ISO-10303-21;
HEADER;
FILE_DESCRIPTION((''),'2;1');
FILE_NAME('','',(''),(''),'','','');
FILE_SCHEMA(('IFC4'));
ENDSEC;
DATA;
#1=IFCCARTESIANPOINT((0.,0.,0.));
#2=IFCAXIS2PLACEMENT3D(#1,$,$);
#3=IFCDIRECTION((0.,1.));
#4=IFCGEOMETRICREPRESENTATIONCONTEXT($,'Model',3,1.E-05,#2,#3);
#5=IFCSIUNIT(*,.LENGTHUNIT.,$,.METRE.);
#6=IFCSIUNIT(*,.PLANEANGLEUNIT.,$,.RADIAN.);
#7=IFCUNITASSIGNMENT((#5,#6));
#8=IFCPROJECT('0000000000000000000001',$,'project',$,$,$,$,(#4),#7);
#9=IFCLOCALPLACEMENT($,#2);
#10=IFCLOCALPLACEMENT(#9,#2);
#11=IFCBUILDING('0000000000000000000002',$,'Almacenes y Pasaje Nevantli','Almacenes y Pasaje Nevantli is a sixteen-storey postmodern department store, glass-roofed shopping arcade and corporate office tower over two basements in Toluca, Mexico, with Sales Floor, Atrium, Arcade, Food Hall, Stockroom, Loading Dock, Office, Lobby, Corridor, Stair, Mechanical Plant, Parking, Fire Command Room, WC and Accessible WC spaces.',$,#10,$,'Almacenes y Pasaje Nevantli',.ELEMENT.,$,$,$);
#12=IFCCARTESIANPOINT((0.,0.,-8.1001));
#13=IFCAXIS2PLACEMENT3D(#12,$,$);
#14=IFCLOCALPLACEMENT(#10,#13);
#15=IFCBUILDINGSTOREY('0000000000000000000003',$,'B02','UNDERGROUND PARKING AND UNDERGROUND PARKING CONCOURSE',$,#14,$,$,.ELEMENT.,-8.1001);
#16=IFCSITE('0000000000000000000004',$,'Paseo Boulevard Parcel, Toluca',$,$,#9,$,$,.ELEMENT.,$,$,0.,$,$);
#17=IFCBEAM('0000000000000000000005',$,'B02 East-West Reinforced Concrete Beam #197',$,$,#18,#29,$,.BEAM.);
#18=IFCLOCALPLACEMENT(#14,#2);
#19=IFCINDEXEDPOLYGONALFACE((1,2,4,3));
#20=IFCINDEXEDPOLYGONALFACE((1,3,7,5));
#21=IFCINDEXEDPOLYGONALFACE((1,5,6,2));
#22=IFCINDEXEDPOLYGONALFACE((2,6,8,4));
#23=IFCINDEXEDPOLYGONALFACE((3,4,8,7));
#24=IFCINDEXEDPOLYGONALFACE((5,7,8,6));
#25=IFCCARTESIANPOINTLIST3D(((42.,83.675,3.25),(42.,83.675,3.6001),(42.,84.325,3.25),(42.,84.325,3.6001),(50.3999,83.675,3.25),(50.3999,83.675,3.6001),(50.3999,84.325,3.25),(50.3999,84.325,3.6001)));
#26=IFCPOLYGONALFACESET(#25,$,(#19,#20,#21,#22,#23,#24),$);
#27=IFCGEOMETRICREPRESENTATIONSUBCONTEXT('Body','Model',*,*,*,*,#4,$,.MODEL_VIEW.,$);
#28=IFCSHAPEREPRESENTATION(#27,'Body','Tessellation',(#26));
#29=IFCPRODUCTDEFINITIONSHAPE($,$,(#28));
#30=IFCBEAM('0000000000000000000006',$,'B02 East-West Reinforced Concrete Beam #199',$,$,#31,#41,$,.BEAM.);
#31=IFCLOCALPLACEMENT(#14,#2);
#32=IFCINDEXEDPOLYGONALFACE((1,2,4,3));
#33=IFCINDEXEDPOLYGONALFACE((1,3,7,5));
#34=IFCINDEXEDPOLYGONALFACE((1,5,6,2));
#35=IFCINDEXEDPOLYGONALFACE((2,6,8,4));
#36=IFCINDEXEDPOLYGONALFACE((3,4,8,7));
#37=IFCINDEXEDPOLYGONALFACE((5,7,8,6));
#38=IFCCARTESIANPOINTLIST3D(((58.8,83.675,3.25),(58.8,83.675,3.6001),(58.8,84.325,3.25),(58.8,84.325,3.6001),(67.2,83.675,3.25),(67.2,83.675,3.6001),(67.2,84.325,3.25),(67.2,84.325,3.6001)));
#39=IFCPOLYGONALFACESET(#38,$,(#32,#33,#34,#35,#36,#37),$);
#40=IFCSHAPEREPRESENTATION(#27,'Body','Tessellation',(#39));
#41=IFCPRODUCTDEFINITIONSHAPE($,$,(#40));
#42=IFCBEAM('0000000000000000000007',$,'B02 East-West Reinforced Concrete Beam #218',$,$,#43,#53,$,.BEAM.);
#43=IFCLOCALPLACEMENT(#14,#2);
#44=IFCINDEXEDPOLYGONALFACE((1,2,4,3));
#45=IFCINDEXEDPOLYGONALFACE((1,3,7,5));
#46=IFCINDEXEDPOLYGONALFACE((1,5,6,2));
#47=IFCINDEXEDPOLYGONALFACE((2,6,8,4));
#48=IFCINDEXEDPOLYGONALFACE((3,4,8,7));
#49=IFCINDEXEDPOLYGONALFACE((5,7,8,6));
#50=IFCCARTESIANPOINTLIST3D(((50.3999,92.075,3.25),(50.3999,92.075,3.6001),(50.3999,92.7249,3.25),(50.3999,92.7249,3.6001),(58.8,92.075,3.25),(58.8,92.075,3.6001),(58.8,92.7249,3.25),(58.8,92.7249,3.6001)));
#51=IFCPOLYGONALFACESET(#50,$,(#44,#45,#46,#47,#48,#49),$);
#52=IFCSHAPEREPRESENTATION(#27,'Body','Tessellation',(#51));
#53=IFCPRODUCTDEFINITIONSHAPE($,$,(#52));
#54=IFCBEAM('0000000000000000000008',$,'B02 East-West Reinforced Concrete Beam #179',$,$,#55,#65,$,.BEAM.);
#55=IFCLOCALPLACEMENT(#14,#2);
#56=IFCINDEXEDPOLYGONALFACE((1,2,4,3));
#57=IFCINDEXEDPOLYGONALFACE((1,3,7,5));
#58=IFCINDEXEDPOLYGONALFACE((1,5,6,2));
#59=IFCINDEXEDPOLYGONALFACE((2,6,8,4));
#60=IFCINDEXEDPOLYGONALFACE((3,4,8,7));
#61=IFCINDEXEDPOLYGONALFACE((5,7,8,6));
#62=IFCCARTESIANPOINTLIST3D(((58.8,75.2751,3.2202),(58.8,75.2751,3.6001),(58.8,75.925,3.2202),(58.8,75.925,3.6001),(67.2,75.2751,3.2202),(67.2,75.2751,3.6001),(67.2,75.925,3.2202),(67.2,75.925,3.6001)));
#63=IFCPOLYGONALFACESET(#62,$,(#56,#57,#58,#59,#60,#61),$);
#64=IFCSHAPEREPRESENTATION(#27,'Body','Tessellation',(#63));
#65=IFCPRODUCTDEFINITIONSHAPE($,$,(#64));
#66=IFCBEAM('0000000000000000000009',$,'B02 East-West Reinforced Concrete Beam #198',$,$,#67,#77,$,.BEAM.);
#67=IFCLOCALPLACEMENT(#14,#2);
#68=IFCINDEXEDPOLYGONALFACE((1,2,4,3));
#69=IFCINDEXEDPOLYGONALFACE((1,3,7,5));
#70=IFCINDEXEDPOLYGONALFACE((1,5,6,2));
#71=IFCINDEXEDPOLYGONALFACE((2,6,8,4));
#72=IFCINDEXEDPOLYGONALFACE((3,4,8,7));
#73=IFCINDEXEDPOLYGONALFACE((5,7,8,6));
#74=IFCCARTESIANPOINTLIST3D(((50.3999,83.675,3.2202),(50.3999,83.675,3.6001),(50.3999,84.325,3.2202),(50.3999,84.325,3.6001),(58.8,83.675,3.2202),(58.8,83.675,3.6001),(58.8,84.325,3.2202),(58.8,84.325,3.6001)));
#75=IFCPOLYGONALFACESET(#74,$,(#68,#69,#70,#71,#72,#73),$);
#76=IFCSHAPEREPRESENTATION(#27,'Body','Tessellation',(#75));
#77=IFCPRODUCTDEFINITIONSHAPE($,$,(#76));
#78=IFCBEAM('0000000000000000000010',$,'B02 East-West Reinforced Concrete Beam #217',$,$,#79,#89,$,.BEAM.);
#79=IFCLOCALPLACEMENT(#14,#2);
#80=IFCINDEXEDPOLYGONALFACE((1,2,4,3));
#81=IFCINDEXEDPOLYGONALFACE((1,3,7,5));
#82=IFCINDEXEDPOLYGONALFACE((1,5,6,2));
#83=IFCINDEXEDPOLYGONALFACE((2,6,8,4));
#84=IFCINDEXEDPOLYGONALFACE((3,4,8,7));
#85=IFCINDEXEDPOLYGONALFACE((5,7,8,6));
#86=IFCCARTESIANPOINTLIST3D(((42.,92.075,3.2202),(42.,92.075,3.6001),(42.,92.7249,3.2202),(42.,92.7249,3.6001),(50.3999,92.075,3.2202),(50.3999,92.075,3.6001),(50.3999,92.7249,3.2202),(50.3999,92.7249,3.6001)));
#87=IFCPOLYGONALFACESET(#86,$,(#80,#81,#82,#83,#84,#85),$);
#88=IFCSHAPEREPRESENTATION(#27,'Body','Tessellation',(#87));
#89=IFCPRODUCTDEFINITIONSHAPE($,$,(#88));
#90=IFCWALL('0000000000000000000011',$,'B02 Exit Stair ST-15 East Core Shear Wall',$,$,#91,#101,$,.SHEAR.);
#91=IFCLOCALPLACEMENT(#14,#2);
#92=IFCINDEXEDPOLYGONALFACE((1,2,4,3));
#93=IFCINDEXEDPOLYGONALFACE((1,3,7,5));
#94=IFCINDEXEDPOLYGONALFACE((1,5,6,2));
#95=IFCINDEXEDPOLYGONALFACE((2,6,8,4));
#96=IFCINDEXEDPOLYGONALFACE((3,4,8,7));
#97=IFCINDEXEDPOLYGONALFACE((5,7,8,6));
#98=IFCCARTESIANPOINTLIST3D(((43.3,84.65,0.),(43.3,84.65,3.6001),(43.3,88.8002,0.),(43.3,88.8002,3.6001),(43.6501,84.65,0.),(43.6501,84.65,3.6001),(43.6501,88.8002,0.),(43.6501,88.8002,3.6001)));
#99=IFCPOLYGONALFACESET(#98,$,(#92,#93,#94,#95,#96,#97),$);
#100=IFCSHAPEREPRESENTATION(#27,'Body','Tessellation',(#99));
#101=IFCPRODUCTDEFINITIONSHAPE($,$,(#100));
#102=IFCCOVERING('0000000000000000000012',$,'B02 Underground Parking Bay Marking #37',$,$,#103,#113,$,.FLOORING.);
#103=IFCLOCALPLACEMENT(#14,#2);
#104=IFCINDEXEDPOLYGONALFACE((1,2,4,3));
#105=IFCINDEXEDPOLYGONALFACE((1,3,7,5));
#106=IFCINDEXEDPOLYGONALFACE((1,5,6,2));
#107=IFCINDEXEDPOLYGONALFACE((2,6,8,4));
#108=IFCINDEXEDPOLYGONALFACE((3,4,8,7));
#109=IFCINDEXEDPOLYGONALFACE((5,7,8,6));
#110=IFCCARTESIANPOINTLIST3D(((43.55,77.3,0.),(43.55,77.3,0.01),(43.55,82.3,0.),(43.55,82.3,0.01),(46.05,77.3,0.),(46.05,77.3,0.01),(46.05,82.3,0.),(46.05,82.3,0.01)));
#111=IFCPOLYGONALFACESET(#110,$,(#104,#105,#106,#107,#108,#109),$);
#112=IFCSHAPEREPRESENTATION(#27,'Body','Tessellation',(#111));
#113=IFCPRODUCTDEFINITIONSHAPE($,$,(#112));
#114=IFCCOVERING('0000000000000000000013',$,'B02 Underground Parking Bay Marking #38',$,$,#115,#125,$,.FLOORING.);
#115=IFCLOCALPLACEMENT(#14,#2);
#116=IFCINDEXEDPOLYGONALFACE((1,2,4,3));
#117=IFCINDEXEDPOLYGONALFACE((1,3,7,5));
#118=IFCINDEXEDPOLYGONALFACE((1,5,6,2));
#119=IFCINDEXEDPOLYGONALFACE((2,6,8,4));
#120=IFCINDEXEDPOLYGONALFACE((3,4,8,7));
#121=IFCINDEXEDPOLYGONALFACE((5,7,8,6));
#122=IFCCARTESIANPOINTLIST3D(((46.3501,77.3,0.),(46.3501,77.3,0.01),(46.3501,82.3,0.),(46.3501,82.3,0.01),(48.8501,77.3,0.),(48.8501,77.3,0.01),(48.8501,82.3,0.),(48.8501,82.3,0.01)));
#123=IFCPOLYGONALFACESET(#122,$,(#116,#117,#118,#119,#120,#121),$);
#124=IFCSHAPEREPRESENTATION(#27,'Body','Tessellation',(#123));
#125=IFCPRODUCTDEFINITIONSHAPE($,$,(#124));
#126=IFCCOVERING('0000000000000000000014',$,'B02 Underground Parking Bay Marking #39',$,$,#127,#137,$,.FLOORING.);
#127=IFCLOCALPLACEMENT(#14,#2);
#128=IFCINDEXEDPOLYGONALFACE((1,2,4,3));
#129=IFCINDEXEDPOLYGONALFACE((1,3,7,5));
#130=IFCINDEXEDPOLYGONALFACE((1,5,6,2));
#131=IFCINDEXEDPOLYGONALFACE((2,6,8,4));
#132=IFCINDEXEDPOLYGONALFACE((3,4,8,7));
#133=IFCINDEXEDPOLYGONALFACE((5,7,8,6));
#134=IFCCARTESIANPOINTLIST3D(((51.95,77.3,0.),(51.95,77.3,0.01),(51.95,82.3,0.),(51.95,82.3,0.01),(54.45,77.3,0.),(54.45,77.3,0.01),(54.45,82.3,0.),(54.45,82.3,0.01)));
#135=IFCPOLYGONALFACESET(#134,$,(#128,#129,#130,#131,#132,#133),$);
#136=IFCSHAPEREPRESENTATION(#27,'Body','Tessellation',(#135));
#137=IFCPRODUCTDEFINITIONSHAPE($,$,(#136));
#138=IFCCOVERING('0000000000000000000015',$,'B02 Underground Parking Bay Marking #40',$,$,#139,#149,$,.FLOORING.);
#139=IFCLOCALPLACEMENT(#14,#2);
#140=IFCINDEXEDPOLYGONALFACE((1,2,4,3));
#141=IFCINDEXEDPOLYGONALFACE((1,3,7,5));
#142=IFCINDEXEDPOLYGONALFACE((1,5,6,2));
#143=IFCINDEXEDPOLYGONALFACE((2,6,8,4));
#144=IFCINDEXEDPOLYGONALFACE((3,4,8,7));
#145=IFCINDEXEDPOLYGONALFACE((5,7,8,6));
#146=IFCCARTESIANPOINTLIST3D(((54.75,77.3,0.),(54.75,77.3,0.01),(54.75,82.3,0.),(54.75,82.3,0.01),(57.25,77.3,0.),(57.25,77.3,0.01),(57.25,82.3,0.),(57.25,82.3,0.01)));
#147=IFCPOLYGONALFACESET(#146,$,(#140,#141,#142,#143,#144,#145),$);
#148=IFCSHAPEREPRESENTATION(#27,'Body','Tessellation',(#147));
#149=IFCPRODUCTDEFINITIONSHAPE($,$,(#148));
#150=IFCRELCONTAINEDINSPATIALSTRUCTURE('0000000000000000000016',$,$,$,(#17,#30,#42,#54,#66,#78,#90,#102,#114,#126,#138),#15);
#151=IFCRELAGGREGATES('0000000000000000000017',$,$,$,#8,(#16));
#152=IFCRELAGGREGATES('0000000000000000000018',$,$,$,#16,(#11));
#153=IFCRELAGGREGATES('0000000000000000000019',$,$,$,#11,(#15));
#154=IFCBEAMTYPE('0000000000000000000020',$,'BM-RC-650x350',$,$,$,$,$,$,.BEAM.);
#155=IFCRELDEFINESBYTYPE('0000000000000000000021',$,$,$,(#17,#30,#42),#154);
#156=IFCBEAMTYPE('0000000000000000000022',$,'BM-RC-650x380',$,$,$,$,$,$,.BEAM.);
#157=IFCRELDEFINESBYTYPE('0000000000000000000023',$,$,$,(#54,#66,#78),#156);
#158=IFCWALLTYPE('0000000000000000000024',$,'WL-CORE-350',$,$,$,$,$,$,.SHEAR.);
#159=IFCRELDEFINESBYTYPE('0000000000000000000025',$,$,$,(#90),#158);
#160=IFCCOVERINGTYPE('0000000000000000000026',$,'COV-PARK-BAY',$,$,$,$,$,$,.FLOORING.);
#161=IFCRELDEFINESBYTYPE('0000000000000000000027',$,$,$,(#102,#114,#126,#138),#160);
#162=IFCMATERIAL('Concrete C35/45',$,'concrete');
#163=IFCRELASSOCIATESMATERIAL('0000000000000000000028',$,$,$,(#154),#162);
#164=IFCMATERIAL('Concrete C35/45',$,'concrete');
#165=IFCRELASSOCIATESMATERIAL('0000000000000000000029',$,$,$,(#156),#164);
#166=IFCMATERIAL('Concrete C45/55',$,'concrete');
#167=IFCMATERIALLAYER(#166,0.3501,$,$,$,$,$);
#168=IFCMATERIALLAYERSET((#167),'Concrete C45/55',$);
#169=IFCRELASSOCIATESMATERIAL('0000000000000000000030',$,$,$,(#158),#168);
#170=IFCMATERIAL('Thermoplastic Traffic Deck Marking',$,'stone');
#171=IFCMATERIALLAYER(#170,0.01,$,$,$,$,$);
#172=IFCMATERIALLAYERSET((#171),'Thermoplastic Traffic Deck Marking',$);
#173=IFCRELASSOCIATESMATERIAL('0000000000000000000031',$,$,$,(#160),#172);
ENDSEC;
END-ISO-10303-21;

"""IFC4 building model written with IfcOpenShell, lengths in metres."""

from ifc_helpers import new_model, si_unit, direction, frame, frame_2d, origin, origin_2d, place, context, subcontext, project, spatial, rectangle, extrude, material, layer, layer_set, material_profile, profile_set, type_object, element, save


model = new_model("IFC4")

# Units and contexts
model_context = context("Model", 3, precision=1e-05, world=origin(), true_north=direction((0.0, 1.0)))
body_context = subcontext(model_context, "Body", "Model", "MODEL_VIEW")
ifc_project = project(units=[si_unit("LENGTHUNIT", "METRE"), si_unit("PLANEANGLEUNIT", "RADIAN")], contexts=[model_context])

# Site, building, storey
site_placement = place(None, origin())
site = spatial("IfcSite", under=ifc_project, at=site_placement, Name="Paseo Boulevard Parcel, Toluca", CompositionType="ELEMENT", RefElevation=0.0)
building_placement = place(site_placement, origin())
building = spatial("IfcBuilding", under=site, at=building_placement, Name="Almacenes y Pasaje Nevantli", Description="Almacenes y Pasaje Nevantli is a sixteen-storey postmodern department store, glass-roofed shopping arcade and corporate office tower over two basements in Toluca, Mexico, with Sales Floor, Atrium, Arcade, Food Hall, Stockroom, Loading Dock, Office, Lobby, Corridor, Stair, Mechanical Plant, Parking, Fire Command Room, WC and Accessible WC spaces.", LongName="Almacenes y Pasaje Nevantli", CompositionType="ELEMENT")
storey_placement = place(building_placement, frame((0.0, 0.0, -8.1001)))
storey = spatial("IfcBuildingStorey", under=building, at=storey_placement, Name="B02", Description="UNDERGROUND PARKING AND UNDERGROUND PARKING CONCOURSE", CompositionType="ELEMENT", Elevation=-8.1001)

# Beams
ifc_material_1 = material(Name="Concrete C35/45", Category="concrete")
ifc_material_profile_1 = material_profile(ifc_material_1, rectangle(XDim=0.6499, YDim=0.3501, at=origin_2d()), Name="RC-BM-650x350")
ifc_profile_set_1 = profile_set([ifc_material_profile_1], Name="Concrete C35/45")
beam_type_1 = type_object("IfcBeamType", Name="BM-RC-650x350", PredefinedType="BEAM", material=ifc_profile_set_1)
for number, where, z_axis, x_axis, name in (
    (1, (42.0, 84.0, 3.425), (1.0, 0.0, 0.0), (0.0, 1.0, 0.0), "B02 East-West Reinforced Concrete Beam #197"),
    (2, (58.8, 84.0, 3.425), (1.0, 0.0, 0.0), (0.0, 1.0, 0.0), "B02 East-West Reinforced Concrete Beam #199"),
):
    element("IfcBeam", number, at=place(storey_placement, frame(where, z_axis=z_axis, x_axis=x_axis)), inside=storey, type_object=beam_type_1, Name=name, PredefinedType="BEAM", context=body_context, shape_type="SweptSolid", body=[
        extrude(rectangle(XDim=0.6499, YDim=0.3501, at=origin_2d()), origin(), (0.0, 0.0, 1.0), 8.3999),
    ])
beam_1_placement = place(storey_placement, frame((50.3999, 92.3999, 3.425), z_axis=(1.0, 0.0, 0.0), x_axis=(0.0, 1.0, 0.0)))
element("IfcBeam", 3, at=beam_1_placement, inside=storey, type_object=beam_type_1, Name="B02 East-West Reinforced Concrete Beam #218", PredefinedType="BEAM", context=body_context, shape_type="SweptSolid", body=[
    extrude(rectangle(XDim=0.6499, YDim=0.3501, at=origin_2d()), origin(), (0.0, 0.0, 1.0), 8.4001),
])
ifc_material_2 = material(Name="Concrete C35/45", Category="concrete")
ifc_material_profile_2 = material_profile(ifc_material_2, rectangle(XDim=0.6499, YDim=0.3799, at=origin_2d()), Name="RC-BM-650x380")
ifc_profile_set_2 = profile_set([ifc_material_profile_2], Name="Concrete C35/45")
beam_type_2 = type_object("IfcBeamType", Name="BM-RC-650x380", PredefinedType="BEAM", material=ifc_profile_set_2)
beam_2_placement = place(storey_placement, frame((58.8, 75.6001, 3.4102), z_axis=(1.0, 0.0, 0.0), x_axis=(0.0, 1.0, 0.0)))
element("IfcBeam", 4, at=beam_2_placement, inside=storey, type_object=beam_type_2, Name="B02 East-West Reinforced Concrete Beam #179", PredefinedType="BEAM", context=body_context, shape_type="SweptSolid", body=[
    extrude(rectangle(XDim=0.6499, YDim=0.3799, at=origin_2d()), origin(), (0.0, 0.0, 1.0), 8.3999),
])
beam_3_placement = place(storey_placement, frame((50.3999, 84.0, 3.4102), z_axis=(1.0, 0.0, 0.0), x_axis=(0.0, 1.0, 0.0)))
element("IfcBeam", 5, at=beam_3_placement, inside=storey, type_object=beam_type_2, Name="B02 East-West Reinforced Concrete Beam #198", PredefinedType="BEAM", context=body_context, shape_type="SweptSolid", body=[
    extrude(rectangle(XDim=0.6499, YDim=0.3799, at=origin_2d()), origin(), (0.0, 0.0, 1.0), 8.4001),
])
beam_4_placement = place(storey_placement, frame((42.0, 92.3999, 3.4102), z_axis=(1.0, 0.0, 0.0), x_axis=(0.0, 1.0, 0.0)))
element("IfcBeam", 6, at=beam_4_placement, inside=storey, type_object=beam_type_2, Name="B02 East-West Reinforced Concrete Beam #217", PredefinedType="BEAM", context=body_context, shape_type="SweptSolid", body=[
    extrude(rectangle(XDim=0.6499, YDim=0.3799, at=origin_2d()), origin(), (0.0, 0.0, 1.0), 8.3999),
])

# Wall
ifc_material_3 = material(Name="Concrete C45/55", Category="concrete")
ifc_layer_1 = layer(ifc_material_3, 0.3501)
ifc_layer_set_1 = layer_set([ifc_layer_1], Name="Concrete C45/55")
wall_type = type_object("IfcWallType", Name="WL-CORE-350", PredefinedType="SHEAR", material=ifc_layer_set_1)
wall_placement = place(storey_placement, frame((43.4751, 84.6499, 0.0), z_axis=(0.0, 0.0, 1.0), x_axis=(0.0, 1.0, 0.0)))
element("IfcWall", 7, at=wall_placement, inside=storey, type_object=wall_type, Name="B02 Exit Stair ST-15 East Core Shear Wall", PredefinedType="SHEAR", context=body_context, shape_type="SweptSolid", body=[
    extrude(rectangle(XDim=4.1501, YDim=0.3501, at=frame_2d((2.0752, 0.0))), origin(), (0.0, 0.0, 1.0), 3.6001),
])

# Coverings
ifc_material_4 = material(Name="Thermoplastic Traffic Deck Marking", Category="stone")
ifc_layer_2 = layer(ifc_material_4, 0.01)
ifc_layer_set_2 = layer_set([ifc_layer_2], Name="Thermoplastic Traffic Deck Marking")
covering_type = type_object("IfcCoveringType", Name="COV-PARK-BAY", PredefinedType="FLOORING", material=ifc_layer_set_2)
for number, where, z_axis, x_axis, name in (
    (8, (44.8, 79.8, 0.0), (0.0, 0.0, 1.0), (1.0, 0.0, 0.0), "B02 Underground Parking Bay Marking #37"),
    (9, (47.6001, 79.8, 0.0), (0.0, 0.0, 1.0), (1.0, 0.0, 0.0), "B02 Underground Parking Bay Marking #38"),
    (10, (53.2, 79.8, 0.0), (0.0, 0.0, 1.0), (1.0, 0.0, 0.0), "B02 Underground Parking Bay Marking #39"),
    (11, (56.0, 79.8, 0.0), (0.0, 0.0, 1.0), (1.0, 0.0, 0.0), "B02 Underground Parking Bay Marking #40"),
):
    element("IfcCovering", number, at=place(storey_placement, frame(where, z_axis=z_axis, x_axis=x_axis)), inside=storey, type_object=covering_type, Name=name, PredefinedType="FLOORING", context=body_context, shape_type="SweptSolid", body=[
        extrude(rectangle(XDim=2.5, YDim=5.0, at=origin_2d()), origin(), (0.0, 0.0, 1.0), 0.01),
    ])

save(model, "model.ifc")
